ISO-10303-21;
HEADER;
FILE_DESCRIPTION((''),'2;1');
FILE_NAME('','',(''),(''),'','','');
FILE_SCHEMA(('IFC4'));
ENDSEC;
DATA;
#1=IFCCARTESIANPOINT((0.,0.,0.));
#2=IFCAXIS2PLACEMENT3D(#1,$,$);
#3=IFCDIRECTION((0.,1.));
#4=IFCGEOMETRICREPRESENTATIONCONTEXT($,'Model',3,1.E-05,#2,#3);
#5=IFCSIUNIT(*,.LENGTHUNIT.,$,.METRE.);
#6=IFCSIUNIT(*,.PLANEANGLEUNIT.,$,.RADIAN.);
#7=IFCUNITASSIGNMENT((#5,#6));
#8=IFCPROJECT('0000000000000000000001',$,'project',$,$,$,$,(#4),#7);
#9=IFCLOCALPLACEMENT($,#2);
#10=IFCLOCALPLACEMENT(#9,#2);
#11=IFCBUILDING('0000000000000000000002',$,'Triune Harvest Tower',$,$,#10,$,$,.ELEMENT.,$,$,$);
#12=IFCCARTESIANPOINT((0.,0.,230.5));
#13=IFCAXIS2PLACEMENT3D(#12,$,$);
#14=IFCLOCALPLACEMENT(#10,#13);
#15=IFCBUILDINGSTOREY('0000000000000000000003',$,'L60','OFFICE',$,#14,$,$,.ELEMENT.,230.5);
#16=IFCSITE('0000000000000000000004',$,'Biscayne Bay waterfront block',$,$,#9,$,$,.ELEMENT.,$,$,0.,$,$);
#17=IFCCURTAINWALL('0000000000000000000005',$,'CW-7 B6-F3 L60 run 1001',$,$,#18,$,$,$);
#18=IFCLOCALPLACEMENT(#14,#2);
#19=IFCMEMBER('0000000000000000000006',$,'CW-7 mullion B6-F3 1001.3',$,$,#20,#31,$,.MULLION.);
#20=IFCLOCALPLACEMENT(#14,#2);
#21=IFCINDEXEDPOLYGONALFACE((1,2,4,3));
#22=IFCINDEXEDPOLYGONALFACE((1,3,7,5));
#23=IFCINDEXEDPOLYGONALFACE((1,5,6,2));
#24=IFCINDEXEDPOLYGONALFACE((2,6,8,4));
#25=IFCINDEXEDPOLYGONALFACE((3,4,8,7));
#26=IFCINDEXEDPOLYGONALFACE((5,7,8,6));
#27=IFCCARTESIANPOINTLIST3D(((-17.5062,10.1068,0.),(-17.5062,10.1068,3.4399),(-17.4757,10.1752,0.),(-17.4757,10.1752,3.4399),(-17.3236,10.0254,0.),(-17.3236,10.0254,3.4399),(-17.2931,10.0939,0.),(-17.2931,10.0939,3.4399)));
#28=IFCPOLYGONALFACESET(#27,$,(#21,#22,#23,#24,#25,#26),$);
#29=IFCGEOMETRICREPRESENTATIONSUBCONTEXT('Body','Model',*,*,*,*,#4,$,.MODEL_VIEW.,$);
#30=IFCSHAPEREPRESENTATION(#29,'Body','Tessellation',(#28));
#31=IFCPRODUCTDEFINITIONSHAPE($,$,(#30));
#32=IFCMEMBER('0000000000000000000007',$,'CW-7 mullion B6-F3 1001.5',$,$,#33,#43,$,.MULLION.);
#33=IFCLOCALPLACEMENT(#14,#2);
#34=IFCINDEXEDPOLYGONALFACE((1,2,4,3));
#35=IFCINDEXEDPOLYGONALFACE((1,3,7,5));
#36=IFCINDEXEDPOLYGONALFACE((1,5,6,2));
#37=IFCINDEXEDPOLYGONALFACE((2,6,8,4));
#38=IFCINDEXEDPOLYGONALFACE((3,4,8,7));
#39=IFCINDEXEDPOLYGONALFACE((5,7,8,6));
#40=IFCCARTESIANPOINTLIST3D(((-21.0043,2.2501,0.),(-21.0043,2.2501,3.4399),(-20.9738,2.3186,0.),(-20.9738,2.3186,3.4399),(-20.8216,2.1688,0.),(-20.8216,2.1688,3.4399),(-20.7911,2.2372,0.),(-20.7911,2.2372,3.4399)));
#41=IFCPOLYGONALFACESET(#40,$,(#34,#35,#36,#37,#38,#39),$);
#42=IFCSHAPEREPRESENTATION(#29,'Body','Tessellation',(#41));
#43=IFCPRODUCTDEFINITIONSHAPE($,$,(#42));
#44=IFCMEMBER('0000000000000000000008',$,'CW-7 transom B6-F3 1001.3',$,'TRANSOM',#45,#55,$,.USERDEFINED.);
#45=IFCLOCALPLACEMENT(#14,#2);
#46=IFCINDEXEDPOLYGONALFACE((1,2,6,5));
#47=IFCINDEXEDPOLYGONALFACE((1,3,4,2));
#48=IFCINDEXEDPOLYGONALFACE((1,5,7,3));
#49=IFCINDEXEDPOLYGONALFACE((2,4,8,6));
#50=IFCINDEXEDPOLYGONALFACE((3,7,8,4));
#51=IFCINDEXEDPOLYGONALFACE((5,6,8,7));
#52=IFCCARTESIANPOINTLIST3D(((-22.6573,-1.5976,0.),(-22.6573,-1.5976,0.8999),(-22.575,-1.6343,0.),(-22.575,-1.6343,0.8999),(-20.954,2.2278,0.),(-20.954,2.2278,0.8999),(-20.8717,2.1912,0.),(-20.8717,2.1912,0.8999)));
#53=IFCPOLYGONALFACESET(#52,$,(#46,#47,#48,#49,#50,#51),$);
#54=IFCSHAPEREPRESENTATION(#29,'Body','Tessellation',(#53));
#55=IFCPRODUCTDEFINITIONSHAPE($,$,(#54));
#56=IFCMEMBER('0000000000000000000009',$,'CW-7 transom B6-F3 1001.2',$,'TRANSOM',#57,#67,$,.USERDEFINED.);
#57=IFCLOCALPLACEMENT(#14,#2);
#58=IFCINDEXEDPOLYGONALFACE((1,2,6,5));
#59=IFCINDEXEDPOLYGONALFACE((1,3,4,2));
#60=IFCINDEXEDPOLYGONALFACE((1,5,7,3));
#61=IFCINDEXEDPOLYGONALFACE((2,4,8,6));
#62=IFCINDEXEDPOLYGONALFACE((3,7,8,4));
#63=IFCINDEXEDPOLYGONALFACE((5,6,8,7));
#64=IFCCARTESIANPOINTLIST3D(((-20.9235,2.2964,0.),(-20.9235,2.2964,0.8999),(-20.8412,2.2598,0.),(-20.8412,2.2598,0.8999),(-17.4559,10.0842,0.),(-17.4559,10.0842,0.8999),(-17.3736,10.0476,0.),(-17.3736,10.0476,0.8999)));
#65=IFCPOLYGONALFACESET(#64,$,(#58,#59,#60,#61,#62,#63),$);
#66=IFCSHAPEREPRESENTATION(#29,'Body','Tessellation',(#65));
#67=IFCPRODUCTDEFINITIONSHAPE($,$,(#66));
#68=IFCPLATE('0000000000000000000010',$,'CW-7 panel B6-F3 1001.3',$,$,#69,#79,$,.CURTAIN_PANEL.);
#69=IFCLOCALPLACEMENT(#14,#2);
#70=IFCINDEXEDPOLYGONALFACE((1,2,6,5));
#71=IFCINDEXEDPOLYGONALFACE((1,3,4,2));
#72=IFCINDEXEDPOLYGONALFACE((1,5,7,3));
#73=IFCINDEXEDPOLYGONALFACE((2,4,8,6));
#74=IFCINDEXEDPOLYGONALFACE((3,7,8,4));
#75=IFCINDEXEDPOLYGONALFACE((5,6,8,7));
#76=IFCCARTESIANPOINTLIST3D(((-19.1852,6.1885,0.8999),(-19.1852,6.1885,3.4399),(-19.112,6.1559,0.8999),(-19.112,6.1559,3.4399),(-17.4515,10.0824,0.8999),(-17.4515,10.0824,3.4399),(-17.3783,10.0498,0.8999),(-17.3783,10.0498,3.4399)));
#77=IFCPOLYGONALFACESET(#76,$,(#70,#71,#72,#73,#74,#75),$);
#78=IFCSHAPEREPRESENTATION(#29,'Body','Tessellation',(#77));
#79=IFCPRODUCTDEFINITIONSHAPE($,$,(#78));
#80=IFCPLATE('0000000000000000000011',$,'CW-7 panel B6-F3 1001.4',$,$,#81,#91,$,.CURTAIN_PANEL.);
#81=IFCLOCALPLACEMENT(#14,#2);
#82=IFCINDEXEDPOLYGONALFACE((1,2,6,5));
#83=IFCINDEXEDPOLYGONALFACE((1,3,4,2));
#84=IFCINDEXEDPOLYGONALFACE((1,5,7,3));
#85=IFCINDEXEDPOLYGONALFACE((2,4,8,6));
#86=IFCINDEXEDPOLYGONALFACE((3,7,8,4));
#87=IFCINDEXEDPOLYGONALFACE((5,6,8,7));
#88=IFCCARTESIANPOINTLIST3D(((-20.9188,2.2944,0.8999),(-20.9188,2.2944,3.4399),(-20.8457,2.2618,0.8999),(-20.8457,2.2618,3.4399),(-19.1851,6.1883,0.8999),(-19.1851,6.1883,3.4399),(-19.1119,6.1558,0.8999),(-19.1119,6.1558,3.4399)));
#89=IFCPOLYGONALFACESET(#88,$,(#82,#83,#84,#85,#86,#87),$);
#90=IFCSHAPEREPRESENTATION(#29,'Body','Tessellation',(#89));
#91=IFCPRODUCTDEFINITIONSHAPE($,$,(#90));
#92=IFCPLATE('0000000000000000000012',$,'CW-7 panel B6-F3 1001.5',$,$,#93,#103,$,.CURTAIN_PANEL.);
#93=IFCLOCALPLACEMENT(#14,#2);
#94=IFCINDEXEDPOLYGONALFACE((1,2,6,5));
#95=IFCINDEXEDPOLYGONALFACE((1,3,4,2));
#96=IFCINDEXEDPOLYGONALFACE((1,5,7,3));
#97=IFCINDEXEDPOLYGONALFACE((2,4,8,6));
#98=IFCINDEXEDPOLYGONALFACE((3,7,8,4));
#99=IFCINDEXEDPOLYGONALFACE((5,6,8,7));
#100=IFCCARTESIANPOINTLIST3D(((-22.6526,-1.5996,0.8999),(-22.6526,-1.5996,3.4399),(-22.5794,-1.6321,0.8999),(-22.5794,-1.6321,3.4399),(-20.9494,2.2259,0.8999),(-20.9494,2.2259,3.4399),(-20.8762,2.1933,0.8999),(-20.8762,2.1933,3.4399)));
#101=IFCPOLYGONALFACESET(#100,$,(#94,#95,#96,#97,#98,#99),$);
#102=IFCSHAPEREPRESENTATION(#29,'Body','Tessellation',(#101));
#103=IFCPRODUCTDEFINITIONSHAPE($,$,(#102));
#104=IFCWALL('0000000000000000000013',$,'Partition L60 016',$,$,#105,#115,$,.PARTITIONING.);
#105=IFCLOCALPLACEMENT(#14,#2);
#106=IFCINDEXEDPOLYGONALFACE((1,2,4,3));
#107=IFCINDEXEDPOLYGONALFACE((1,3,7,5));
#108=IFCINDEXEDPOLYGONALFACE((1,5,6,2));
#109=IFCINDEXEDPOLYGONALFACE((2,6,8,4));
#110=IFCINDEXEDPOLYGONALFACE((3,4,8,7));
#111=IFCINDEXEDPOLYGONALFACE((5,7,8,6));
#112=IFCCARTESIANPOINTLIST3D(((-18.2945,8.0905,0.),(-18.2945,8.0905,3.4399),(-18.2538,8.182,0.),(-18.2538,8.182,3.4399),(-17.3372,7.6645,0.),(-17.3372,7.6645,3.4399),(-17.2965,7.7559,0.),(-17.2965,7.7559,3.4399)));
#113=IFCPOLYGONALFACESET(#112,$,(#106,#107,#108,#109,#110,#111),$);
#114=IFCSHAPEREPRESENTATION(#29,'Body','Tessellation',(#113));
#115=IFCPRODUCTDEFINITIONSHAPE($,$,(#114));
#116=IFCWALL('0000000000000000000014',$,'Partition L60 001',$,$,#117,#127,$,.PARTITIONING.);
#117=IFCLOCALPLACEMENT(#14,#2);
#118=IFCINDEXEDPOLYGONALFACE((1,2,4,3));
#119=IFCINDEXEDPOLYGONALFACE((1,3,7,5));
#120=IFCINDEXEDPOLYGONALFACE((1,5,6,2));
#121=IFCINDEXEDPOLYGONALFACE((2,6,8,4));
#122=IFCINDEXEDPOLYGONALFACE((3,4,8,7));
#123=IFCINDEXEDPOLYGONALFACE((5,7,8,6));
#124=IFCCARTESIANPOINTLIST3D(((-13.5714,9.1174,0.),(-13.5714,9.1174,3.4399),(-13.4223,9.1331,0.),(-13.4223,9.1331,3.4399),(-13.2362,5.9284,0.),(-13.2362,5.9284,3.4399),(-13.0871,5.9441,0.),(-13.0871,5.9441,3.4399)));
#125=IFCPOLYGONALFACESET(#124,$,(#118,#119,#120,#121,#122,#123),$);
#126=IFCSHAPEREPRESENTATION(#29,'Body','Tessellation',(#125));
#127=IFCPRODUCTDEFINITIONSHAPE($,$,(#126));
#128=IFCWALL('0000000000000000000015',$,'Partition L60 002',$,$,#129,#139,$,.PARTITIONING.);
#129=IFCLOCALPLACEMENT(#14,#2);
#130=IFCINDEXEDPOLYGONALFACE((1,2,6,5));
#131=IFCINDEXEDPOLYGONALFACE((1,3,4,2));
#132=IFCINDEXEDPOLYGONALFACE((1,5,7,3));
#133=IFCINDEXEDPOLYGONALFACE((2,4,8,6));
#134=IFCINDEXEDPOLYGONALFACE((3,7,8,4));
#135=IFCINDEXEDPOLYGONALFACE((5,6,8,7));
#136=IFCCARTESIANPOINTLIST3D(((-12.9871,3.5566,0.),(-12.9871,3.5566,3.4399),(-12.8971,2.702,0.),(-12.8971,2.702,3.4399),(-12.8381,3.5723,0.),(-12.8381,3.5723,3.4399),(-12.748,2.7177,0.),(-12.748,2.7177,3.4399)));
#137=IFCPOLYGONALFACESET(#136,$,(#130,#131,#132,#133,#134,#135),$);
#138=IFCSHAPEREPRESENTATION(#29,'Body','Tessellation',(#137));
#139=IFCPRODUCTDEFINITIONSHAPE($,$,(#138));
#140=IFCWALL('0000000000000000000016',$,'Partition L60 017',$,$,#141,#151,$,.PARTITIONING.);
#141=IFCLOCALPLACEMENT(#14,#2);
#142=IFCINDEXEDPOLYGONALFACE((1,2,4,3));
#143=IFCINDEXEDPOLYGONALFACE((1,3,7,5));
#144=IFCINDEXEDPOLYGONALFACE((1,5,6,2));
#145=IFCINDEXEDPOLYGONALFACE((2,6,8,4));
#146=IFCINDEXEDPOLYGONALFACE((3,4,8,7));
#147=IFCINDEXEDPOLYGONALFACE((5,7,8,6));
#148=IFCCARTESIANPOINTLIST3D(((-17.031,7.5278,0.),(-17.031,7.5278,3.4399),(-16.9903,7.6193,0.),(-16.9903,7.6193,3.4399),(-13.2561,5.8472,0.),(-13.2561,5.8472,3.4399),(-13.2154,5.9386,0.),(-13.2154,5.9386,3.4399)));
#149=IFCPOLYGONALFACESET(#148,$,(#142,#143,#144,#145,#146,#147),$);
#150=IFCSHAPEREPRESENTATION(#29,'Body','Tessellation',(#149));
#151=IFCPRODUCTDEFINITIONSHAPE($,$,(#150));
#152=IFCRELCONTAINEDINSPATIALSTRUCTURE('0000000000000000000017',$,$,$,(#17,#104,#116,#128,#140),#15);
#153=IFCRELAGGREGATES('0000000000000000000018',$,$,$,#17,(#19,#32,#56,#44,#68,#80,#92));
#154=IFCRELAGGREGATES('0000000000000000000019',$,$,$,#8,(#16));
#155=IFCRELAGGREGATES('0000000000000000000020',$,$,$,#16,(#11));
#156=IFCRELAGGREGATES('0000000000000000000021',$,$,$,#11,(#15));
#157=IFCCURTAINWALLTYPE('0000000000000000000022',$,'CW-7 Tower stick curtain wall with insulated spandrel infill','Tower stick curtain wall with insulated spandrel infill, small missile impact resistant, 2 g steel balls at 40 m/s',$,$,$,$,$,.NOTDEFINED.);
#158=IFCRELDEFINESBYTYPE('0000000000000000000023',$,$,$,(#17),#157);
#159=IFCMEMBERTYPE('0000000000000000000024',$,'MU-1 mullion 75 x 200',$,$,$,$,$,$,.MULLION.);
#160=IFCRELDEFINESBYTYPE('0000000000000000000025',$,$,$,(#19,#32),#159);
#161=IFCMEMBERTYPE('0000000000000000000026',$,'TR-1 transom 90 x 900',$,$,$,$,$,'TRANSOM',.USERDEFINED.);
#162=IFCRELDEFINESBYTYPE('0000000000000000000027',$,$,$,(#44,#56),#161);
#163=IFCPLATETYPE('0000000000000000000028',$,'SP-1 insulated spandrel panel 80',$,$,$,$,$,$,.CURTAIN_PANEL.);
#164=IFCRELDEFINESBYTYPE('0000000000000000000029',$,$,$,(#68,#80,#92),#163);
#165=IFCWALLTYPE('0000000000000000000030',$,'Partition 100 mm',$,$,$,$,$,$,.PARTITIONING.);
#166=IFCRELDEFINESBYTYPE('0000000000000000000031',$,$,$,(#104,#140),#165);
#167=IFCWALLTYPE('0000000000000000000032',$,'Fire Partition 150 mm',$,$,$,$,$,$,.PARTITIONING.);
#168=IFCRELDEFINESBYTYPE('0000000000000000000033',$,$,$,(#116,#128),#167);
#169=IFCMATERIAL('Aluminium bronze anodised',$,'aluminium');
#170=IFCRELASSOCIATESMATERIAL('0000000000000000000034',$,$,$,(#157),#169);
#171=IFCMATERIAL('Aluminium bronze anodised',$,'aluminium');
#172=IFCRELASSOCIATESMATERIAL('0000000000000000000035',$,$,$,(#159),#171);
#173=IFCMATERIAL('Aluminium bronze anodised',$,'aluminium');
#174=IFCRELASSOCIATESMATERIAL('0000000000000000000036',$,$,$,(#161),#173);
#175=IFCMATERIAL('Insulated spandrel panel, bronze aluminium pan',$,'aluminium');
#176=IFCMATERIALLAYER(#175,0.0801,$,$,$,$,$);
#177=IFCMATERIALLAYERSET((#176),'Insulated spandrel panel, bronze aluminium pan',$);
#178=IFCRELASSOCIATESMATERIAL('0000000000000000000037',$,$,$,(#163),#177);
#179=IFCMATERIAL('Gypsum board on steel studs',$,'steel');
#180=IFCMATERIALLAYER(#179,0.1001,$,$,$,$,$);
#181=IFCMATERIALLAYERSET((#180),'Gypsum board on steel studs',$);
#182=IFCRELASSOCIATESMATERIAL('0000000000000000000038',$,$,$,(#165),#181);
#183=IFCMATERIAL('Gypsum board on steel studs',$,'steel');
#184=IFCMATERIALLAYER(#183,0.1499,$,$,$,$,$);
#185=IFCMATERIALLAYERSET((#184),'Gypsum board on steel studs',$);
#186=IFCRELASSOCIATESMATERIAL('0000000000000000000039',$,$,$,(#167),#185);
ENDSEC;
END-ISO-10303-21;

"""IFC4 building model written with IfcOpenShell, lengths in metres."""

from ifc_helpers import new_model, si_unit, direction, frame, frame_2d, origin, origin_2d, place, context, subcontext, project, spatial, rectangle, extrude, source, transform, mapped, material, layer, layer_set, material_profile, profile_set, type_object, element, aggregate, save


model = new_model("IFC4")

# Units and contexts
model_context = context("Model", 3, precision=1e-05, world=origin(), true_north=direction((0.0, 1.0)))
body_context = subcontext(model_context, "Body", "Model", "MODEL_VIEW")
ifc_project = project(units=[si_unit("LENGTHUNIT", "METRE"), si_unit("PLANEANGLEUNIT", "RADIAN")], contexts=[model_context])

# Site, building, storey
site_placement = place(None, origin())
site = spatial("IfcSite", under=ifc_project, at=site_placement, Name="Biscayne Bay waterfront block", CompositionType="ELEMENT", RefElevation=0.0)
building_placement = place(site_placement, origin())
building = spatial("IfcBuilding", under=site, at=building_placement, Name="Triune Harvest Tower", CompositionType="ELEMENT")
storey_placement = place(building_placement, frame((0.0, 0.0, 230.5)))
storey = spatial("IfcBuildingStorey", under=building, at=storey_placement, Name="L60", Description="OFFICE", CompositionType="ELEMENT", Elevation=230.5)

# Curtain wall, members, plates
ifc_material_1 = material(Name="Aluminium bronze anodised", Category="aluminium")
curtain_wall_type = type_object("IfcCurtainWallType", Name="CW-7 Tower stick curtain wall with insulated spandrel infill", Description="Tower stick curtain wall with insulated spandrel infill, small missile impact resistant, 2 g steel balls at 40 m/s", PredefinedType="NOTDEFINED", material=ifc_material_1)
curtain_wall_placement = place(storey_placement, origin())
curtain_wall = element("IfcCurtainWall", 1, at=curtain_wall_placement, inside=storey, type_object=curtain_wall_type, Name="CW-7 B6-F3 L60 run 1001")
ifc_material_2 = material(Name="Aluminium bronze anodised", Category="aluminium")
ifc_material_profile_1 = material_profile(ifc_material_2, rectangle(XDim=0.2, YDim=0.075, at=origin_2d()), Name="MU-1 mullion 75 x 200")
ifc_profile_set_1 = profile_set([ifc_material_profile_1], Name="Aluminium bronze anodised")
member_type_1 = type_object("IfcMemberType", Name="MU-1 mullion 75 x 200", PredefinedType="MULLION", material=ifc_profile_set_1)
shared_shape_1 = source(origin(), body_context, "Body", "SweptSolid", [
    extrude(rectangle(XDim=0.2, YDim=0.075, at=origin_2d()), origin(), (0.0, 0.0, 1.0), 3.4399),
])
member_1_placement = place(storey_placement, frame((-17.3997, 10.1003, 0.0), z_axis=(0.0, 0.0, 1.0), x_axis=(0.913543, -0.406742, 0.0)))
member_1 = element("IfcMember", 2, at=member_1_placement, type_object=member_type_1, Name="CW-7 mullion B6-F3 1001.3", PredefinedType="MULLION", context=body_context, shape_type="MappedRepresentation", body=[
    mapped(shared_shape_1, transform((0.0, 0.0, 0.0), scale=1.0)),
])
member_2_placement = place(storey_placement, frame((-20.8977, 2.2437, 0.0), z_axis=(0.0, 0.0, 1.0), x_axis=(0.913543, -0.406742, 0.0)))
member_2 = element("IfcMember", 3, at=member_2_placement, type_object=member_type_1, Name="CW-7 mullion B6-F3 1001.5", PredefinedType="MULLION", context=body_context, shape_type="MappedRepresentation", body=[
    mapped(shared_shape_1, transform((0.0, 0.0, 0.0), scale=1.0)),
])
ifc_material_3 = material(Name="Aluminium bronze anodised", Category="aluminium")
ifc_material_profile_2 = material_profile(ifc_material_3, rectangle(XDim=0.0901, YDim=0.8999, at=origin_2d()), Name="TR-1 transom 90 x 900")
ifc_profile_set_2 = profile_set([ifc_material_profile_2], Name="Aluminium bronze anodised")
member_type_2 = type_object("IfcMemberType", Name="TR-1 transom 90 x 900", ElementType="TRANSOM", PredefinedType="USERDEFINED", material=ifc_profile_set_2)
shared_shape_2 = source(origin(), body_context, "Body", "SweptSolid", [
    extrude(rectangle(XDim=0.0901, YDim=0.8999, at=origin_2d()), origin(), (0.0, 0.0, 1.0), 4.1875),
])
member_3_placement = place(storey_placement, frame((-20.9128, 2.2095, 0.45), z_axis=(-0.406771, -0.91353, 0.0), x_axis=(0.91353, -0.406771, 0.0)))
member_3 = element("IfcMember", 4, at=member_3_placement, type_object=member_type_2, Name="CW-7 transom B6-F3 1001.3", ObjectType="TRANSOM", PredefinedType="USERDEFINED", context=body_context, shape_type="MappedRepresentation", body=[
    mapped(shared_shape_2, transform((0.0, 0.0, 0.0), scale=1.0)),
])
shared_shape_3 = source(origin(), body_context, "Body", "SweptSolid", [
    extrude(rectangle(XDim=0.0901, YDim=0.8999, at=origin_2d()), origin(), (0.0, 0.0, 1.0), 8.5249),
])
member_4_placement = place(storey_placement, frame((-17.4148, 10.0659, 0.45), z_axis=(-0.406752, -0.913539, 0.0), x_axis=(0.913539, -0.406752, 0.0)))
member_4 = element("IfcMember", 5, at=member_4_placement, type_object=member_type_2, Name="CW-7 transom B6-F3 1001.2", ObjectType="TRANSOM", PredefinedType="USERDEFINED", context=body_context, shape_type="MappedRepresentation", body=[
    mapped(shared_shape_3, transform((0.0, 0.0, 0.0), scale=1.0)),
])
ifc_material_4 = material(Name="Insulated spandrel panel, bronze aluminium pan", Category="aluminium")
ifc_layer_1 = layer(ifc_material_4, 0.0801)
ifc_layer_set_1 = layer_set([ifc_layer_1], Name="Insulated spandrel panel, bronze aluminium pan")
plate_type = type_object("IfcPlateType", Name="SP-1 insulated spandrel panel 80", PredefinedType="CURTAIN_PANEL", material=ifc_layer_set_1)
shared_shape_4 = source(origin(), body_context, "Body", "SweptSolid", [
    extrude(rectangle(XDim=4.2625, YDim=0.0801, at=origin_2d()), origin(), (0.0, 0.0, 1.0), 2.54),
])
plate_1_placement = place(storey_placement, frame((-18.2817, 8.1191, 0.8999), z_axis=(0.0, 0.0, 1.0), x_axis=(-0.406742, -0.913543, 0.0)))
plate_1 = element("IfcPlate", 6, at=plate_1_placement, type_object=plate_type, Name="CW-7 panel B6-F3 1001.3", PredefinedType="CURTAIN_PANEL", context=body_context, shape_type="MappedRepresentation", body=[
    mapped(shared_shape_4, transform((0.0, 0.0, 0.0), scale=1.0)),
])
plate_2_placement = place(storey_placement, frame((-20.0154, 4.2251, 0.8999), z_axis=(0.0, 0.0, 1.0), x_axis=(-0.406742, -0.913543, 0.0)))
plate_2 = element("IfcPlate", 7, at=plate_2_placement, type_object=plate_type, Name="CW-7 panel B6-F3 1001.4", PredefinedType="CURTAIN_PANEL", context=body_context, shape_type="MappedRepresentation", body=[
    mapped(shared_shape_4, transform((0.0, 0.0, 0.0), scale=1.0)),
])
shared_shape_5 = source(origin(), body_context, "Body", "SweptSolid", [
    extrude(rectangle(XDim=4.1875, YDim=0.0801, at=origin_2d()), origin(), (0.0, 0.0, 1.0), 2.54),
])
plate_3_placement = place(storey_placement, frame((-21.7644, 0.2969, 0.8999), z_axis=(0.0, 0.0, 1.0), x_axis=(-0.406742, -0.913543, 0.0)))
plate_3 = element("IfcPlate", 8, at=plate_3_placement, type_object=plate_type, Name="CW-7 panel B6-F3 1001.5", PredefinedType="CURTAIN_PANEL", context=body_context, shape_type="MappedRepresentation", body=[
    mapped(shared_shape_5, transform((0.0, 0.0, 0.0), scale=1.0)),
])
aggregate(curtain_wall, [member_1, member_2, member_4, member_3, plate_1, plate_2, plate_3])

# Walls
ifc_material_5 = material(Name="Gypsum board on steel studs", Category="steel")
ifc_layer_2 = layer(ifc_material_5, 0.1001)
ifc_layer_set_2 = layer_set([ifc_layer_2], Name="Gypsum board on steel studs")
wall_type_1 = type_object("IfcWallType", Name="Partition 100 mm", PredefinedType="PARTITIONING", material=ifc_layer_set_2)
shared_shape_6 = source(origin(), body_context, "Body", "SweptSolid", [
    extrude(rectangle(XDim=1.0479, YDim=0.1001, at=frame_2d((0.5239, 0.0))), origin(), (0.0, 0.0, 1.0), 3.4399),
])
wall_1_placement = place(storey_placement, frame((-18.2742, 8.1362, 0.0), z_axis=(0.0, 0.0, 1.0), x_axis=(0.91361, -0.406592, 0.0)))
element("IfcWall", 9, at=wall_1_placement, inside=storey, type_object=wall_type_1, Name="Partition L60 016", PredefinedType="PARTITIONING", context=body_context, shape_type="MappedRepresentation", body=[
    mapped(shared_shape_6, transform((0.0, 0.0, 0.0), scale=1.0)),
])
ifc_material_6 = material(Name="Gypsum board on steel studs", Category="steel")
ifc_layer_3 = layer(ifc_material_6, 0.1499)
ifc_layer_set_3 = layer_set([ifc_layer_3], Name="Gypsum board on steel studs")
wall_type_2 = type_object("IfcWallType", Name="Fire Partition 150 mm", PredefinedType="PARTITIONING", material=ifc_layer_set_3)
shared_shape_7 = source(origin(), body_context, "Body", "SweptSolid", [
    extrude(rectangle(XDim=3.2065, YDim=0.1499, at=frame_2d((1.6033, 0.0))), origin(), (0.0, 0.0, 1.0), 3.4399),
])
wall_2_placement = place(storey_placement, frame((-13.4968, 9.1252, 0.0), z_axis=(0.0, 0.0, 1.0), x_axis=(0.104538, -0.994521, 0.0)))
element("IfcWall", 10, at=wall_2_placement, inside=storey, type_object=wall_type_2, Name="Partition L60 001", PredefinedType="PARTITIONING", context=body_context, shape_type="MappedRepresentation", body=[
    mapped(shared_shape_7, transform((0.0, 0.0, 0.0), scale=1.0)),
])
shared_shape_8 = source(origin(), body_context, "Body", "SweptSolid", [
    extrude(rectangle(XDim=0.8594, YDim=0.1499, at=frame_2d((0.4297, 0.0))), origin(), (0.0, 0.0, 1.0), 3.4399),
])
wall_3_placement = place(storey_placement, frame((-12.9126, 3.5645, 0.0), z_axis=(0.0, 0.0, 1.0), x_axis=(0.104818, -0.994491, 0.0)))
element("IfcWall", 11, at=wall_3_placement, inside=storey, type_object=wall_type_2, Name="Partition L60 002", PredefinedType="PARTITIONING", context=body_context, shape_type="MappedRepresentation", body=[
    mapped(shared_shape_8, transform((0.0, 0.0, 0.0), scale=1.0)),
])
shared_shape_9 = source(origin(), body_context, "Body", "SweptSolid", [
    extrude(rectangle(XDim=4.1321, YDim=0.1001, at=frame_2d((2.0659, 0.0))), origin(), (0.0, 0.0, 1.0), 3.4399),
])
wall_4_placement = place(storey_placement, frame((-17.0105, 7.5735, 0.0), z_axis=(0.0, 0.0, 1.0), x_axis=(0.913548, -0.40673, 0.0)))
element("IfcWall", 12, at=wall_4_placement, inside=storey, type_object=wall_type_1, Name="Partition L60 017", PredefinedType="PARTITIONING", context=body_context, shape_type="MappedRepresentation", body=[
    mapped(shared_shape_9, transform((0.0, 0.0, 0.0), scale=1.0)),
])

save(model, "model.ifc")
